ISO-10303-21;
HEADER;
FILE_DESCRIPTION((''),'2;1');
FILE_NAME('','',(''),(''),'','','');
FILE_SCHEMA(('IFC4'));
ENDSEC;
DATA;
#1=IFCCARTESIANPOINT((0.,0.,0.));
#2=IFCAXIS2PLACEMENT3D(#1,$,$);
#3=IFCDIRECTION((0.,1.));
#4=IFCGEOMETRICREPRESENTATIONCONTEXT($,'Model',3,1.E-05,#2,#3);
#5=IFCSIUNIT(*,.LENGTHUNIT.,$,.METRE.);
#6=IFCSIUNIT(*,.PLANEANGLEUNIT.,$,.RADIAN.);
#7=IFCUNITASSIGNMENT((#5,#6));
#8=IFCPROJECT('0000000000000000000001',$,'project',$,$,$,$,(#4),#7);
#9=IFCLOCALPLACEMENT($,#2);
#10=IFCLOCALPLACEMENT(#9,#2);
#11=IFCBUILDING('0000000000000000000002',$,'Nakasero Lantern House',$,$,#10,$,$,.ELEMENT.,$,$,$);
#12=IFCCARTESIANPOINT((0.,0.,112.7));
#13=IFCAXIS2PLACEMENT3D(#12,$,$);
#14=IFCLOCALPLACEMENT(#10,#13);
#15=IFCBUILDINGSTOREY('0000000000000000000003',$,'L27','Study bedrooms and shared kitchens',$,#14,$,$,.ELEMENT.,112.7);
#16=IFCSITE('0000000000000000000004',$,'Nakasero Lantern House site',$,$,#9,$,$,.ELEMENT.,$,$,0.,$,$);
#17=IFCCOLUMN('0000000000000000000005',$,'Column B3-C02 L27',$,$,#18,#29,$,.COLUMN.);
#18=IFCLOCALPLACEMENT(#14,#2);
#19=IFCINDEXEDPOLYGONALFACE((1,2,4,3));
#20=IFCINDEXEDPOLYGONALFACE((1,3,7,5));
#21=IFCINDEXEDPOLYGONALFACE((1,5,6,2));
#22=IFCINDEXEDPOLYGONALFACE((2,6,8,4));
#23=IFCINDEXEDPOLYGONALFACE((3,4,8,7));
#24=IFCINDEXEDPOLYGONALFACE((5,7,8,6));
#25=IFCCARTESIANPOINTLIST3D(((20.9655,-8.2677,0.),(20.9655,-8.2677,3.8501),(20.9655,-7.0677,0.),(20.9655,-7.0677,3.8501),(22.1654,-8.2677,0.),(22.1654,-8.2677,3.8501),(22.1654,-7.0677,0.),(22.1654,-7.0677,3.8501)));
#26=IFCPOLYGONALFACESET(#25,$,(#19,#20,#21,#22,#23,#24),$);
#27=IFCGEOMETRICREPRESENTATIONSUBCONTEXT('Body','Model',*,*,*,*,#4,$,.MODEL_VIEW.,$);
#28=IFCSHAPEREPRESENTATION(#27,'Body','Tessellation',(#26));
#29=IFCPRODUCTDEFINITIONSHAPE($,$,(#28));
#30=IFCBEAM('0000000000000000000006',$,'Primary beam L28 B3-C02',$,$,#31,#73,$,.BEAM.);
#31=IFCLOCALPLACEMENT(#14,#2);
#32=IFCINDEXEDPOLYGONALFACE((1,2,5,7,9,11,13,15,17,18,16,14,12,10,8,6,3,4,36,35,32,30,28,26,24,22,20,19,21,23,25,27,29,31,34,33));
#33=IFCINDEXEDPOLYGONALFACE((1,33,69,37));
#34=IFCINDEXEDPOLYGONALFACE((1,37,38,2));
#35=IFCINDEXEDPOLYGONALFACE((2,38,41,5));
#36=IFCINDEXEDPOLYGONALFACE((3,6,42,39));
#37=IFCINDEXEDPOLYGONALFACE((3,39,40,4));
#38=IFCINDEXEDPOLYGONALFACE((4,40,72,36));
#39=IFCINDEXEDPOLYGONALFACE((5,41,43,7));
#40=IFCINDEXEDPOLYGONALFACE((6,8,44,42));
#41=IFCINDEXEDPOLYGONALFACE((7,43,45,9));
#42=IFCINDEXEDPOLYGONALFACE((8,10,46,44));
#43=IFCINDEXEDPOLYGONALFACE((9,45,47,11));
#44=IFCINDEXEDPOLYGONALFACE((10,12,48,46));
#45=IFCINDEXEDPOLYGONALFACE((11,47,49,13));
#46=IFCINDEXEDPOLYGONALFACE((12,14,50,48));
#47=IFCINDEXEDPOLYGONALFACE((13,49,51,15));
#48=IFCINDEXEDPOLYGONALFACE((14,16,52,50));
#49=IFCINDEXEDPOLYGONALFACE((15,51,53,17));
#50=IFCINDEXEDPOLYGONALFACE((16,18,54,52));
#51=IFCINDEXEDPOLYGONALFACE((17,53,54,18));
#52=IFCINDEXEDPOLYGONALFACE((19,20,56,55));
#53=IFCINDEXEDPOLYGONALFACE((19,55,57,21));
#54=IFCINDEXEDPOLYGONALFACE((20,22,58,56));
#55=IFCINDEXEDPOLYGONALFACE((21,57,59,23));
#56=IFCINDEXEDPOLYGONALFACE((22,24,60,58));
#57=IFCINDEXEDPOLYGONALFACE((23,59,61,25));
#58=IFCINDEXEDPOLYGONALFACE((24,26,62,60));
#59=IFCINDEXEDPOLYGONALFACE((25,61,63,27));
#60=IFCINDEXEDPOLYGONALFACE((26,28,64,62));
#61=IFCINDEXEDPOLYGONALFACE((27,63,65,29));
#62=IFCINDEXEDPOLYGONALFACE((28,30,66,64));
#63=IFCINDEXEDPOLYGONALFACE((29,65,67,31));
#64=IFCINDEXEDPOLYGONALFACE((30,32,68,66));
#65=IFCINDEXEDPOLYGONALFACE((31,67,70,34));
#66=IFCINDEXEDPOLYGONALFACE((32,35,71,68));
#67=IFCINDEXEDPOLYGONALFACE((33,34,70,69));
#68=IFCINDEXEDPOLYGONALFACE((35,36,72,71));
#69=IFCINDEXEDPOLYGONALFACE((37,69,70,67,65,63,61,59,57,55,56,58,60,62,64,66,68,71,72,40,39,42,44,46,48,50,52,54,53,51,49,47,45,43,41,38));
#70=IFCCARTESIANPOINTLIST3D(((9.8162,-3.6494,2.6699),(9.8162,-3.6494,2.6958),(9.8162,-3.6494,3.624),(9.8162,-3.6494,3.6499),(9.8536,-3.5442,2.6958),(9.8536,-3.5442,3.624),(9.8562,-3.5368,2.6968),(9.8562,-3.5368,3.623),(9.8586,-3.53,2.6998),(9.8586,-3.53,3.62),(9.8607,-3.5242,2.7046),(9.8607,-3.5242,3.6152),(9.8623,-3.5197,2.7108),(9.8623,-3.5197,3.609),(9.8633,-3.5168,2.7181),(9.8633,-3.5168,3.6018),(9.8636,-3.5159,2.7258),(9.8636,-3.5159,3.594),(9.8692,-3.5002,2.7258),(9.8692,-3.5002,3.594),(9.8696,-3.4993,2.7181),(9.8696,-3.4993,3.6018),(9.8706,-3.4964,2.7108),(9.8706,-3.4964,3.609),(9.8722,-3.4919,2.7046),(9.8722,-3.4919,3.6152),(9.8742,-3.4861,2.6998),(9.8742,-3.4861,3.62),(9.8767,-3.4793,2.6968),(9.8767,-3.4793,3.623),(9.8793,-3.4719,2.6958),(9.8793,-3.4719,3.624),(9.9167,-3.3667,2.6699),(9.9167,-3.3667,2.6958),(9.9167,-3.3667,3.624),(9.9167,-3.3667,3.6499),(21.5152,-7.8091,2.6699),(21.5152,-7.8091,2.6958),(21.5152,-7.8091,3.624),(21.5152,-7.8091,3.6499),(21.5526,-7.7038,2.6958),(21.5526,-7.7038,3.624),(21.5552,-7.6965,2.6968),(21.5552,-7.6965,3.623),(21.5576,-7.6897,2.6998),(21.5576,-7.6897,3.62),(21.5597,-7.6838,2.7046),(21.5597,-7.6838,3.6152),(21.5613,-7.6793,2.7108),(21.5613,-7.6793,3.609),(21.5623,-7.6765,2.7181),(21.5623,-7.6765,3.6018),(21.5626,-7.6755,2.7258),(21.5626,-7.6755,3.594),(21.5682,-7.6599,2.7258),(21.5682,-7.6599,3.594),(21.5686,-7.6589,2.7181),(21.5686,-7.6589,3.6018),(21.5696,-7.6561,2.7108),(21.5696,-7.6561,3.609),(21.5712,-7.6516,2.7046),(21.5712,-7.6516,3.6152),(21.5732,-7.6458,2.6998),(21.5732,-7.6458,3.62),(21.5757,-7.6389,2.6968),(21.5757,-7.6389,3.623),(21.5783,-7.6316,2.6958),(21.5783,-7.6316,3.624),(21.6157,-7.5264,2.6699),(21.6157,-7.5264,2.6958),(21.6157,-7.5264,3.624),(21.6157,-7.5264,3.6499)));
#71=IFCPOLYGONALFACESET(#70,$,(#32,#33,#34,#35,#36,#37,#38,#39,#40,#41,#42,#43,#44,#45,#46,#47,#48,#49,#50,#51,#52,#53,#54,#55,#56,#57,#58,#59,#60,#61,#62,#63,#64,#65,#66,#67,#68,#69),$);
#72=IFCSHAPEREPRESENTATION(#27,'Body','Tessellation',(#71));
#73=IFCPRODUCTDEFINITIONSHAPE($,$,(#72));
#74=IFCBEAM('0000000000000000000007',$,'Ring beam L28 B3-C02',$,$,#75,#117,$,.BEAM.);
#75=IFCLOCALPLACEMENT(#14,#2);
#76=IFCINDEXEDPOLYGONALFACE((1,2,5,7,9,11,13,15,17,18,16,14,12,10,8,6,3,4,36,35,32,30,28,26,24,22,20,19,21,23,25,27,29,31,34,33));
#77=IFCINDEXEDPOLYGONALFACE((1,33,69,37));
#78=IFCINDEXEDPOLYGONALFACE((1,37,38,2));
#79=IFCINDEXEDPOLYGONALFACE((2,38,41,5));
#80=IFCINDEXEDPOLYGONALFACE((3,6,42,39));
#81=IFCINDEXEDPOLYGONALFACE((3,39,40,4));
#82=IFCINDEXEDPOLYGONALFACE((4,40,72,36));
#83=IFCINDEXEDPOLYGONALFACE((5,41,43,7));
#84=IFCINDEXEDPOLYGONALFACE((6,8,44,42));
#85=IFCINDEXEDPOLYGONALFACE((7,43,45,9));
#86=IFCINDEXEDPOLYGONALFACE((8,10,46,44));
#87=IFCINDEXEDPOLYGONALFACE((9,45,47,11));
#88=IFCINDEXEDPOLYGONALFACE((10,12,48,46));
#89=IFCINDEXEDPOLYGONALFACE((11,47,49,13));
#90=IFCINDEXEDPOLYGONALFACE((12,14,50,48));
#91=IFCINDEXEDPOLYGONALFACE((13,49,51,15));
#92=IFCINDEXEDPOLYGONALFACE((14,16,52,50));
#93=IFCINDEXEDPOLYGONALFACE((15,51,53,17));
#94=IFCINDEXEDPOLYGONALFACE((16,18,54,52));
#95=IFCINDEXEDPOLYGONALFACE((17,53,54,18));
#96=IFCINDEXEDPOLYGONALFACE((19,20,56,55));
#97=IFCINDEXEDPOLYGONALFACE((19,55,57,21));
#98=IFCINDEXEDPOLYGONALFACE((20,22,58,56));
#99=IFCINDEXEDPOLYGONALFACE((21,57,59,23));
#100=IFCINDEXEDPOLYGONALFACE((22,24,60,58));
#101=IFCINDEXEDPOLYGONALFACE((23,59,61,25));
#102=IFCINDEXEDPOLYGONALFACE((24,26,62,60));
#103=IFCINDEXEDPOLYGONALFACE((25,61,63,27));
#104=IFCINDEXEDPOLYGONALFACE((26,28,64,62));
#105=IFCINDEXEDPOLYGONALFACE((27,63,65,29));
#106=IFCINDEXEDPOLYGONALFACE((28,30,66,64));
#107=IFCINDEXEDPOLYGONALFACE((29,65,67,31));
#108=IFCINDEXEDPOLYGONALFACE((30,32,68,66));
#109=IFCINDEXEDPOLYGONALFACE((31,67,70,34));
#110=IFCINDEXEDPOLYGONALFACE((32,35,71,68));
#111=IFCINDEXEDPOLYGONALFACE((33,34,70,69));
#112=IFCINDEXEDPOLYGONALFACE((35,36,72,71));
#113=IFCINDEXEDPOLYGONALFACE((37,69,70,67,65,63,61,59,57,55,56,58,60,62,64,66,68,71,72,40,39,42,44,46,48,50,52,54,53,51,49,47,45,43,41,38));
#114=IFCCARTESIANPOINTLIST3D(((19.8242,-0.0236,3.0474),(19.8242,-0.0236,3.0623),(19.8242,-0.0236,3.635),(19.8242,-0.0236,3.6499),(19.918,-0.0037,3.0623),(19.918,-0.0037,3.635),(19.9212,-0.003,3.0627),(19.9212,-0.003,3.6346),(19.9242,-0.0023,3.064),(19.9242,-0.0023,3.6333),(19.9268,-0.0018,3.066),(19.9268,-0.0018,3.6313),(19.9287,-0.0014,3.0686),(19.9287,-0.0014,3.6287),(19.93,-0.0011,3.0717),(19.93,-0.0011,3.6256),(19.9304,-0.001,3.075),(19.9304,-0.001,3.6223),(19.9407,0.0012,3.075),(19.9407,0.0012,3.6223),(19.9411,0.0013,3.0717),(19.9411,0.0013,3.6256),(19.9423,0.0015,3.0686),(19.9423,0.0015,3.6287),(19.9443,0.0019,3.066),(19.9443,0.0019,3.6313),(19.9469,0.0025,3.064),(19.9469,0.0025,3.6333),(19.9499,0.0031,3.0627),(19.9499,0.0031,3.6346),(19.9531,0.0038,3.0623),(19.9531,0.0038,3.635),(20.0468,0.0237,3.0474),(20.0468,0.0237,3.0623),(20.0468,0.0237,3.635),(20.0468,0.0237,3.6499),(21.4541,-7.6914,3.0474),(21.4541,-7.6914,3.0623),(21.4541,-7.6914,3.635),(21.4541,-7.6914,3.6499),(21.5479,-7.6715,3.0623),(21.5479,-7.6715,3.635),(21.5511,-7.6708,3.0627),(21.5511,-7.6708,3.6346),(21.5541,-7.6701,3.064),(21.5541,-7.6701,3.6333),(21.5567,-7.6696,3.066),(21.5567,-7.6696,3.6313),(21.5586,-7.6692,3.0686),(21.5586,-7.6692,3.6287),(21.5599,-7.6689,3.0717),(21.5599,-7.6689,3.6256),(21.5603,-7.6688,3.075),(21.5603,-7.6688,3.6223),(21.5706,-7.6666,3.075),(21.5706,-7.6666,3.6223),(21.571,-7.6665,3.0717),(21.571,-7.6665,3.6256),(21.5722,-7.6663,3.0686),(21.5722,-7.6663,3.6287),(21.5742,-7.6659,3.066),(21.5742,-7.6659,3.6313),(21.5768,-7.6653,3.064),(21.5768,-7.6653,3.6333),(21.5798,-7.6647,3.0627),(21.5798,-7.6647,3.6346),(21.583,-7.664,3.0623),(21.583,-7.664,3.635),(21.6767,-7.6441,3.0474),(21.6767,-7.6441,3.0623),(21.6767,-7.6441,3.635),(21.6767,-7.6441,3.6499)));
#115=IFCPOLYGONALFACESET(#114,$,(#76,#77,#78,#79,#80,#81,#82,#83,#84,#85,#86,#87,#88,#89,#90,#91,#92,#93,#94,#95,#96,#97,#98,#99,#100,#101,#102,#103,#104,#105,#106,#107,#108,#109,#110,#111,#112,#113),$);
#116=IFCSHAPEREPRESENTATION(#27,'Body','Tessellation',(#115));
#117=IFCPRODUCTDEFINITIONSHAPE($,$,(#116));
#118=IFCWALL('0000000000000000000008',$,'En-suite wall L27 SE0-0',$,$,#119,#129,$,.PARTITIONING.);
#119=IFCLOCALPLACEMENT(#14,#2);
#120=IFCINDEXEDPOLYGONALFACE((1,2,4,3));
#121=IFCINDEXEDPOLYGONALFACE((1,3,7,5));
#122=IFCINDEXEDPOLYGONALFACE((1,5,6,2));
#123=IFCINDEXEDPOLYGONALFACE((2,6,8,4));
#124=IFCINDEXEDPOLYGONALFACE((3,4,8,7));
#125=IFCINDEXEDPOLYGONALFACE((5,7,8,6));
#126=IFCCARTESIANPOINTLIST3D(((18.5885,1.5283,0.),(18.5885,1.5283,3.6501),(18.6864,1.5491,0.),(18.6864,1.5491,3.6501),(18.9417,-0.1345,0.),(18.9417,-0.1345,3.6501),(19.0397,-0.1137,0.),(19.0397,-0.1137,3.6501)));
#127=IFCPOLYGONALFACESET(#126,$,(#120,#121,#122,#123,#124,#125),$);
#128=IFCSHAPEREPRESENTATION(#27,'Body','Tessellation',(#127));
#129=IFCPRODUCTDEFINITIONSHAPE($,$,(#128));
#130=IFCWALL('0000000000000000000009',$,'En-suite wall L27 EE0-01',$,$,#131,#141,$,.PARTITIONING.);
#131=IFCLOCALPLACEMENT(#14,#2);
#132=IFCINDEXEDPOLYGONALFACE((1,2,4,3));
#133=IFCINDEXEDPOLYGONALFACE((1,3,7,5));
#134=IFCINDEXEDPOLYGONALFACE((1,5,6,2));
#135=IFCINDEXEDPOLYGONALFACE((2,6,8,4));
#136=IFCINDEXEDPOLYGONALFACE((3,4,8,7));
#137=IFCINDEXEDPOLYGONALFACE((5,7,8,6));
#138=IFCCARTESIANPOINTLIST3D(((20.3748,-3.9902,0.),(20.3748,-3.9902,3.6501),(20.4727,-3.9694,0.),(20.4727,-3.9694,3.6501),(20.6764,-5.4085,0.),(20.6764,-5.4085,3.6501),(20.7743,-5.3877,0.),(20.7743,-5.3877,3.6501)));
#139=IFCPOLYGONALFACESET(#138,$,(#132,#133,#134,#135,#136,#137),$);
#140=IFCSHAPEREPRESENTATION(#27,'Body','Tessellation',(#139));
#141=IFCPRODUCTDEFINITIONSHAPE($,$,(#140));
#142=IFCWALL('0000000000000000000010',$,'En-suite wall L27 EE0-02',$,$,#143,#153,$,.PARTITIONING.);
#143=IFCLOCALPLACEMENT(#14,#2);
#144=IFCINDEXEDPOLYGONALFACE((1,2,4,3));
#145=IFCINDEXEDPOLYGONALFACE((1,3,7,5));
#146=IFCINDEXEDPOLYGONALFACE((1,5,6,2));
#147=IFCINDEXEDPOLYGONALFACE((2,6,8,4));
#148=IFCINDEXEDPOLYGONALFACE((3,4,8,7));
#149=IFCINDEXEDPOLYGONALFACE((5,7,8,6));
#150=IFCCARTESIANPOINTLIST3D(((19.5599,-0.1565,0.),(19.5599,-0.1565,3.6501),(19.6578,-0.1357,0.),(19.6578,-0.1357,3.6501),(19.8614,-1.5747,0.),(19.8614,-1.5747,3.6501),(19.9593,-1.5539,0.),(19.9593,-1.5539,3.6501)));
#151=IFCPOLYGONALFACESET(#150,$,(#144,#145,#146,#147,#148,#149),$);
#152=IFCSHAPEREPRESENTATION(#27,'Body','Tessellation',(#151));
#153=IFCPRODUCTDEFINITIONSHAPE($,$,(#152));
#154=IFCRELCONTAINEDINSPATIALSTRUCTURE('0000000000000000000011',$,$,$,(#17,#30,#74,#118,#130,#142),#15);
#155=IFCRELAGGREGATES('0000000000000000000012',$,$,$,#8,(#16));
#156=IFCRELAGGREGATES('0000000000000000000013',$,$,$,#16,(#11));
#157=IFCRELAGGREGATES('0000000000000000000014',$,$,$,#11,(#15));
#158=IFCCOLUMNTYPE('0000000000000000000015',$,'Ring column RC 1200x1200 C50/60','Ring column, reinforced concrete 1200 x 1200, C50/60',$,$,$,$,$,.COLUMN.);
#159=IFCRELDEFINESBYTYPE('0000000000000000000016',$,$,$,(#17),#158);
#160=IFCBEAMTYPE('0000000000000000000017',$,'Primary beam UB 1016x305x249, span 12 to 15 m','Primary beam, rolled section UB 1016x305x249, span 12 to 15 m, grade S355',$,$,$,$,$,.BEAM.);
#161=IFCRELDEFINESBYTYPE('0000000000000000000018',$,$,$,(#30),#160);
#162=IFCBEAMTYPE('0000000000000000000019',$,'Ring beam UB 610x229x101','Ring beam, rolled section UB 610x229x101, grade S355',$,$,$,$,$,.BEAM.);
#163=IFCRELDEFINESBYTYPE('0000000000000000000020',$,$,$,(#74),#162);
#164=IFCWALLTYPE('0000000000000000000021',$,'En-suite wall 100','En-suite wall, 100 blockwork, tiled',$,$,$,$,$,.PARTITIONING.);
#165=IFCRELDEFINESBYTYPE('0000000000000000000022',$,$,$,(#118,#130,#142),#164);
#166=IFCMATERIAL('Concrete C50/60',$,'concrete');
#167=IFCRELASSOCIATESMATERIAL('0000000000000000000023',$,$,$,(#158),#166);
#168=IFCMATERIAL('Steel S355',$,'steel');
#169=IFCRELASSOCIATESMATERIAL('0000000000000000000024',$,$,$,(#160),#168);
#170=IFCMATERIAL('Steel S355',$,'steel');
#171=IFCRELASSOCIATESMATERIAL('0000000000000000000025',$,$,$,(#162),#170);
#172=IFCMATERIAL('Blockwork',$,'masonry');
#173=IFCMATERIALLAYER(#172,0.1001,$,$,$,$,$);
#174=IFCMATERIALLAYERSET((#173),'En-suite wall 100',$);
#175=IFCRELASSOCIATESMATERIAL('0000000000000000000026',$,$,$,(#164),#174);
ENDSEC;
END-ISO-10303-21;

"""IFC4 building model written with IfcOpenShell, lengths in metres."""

from ifc_helpers import new_model, si_unit, direction, frame, frame_2d, origin, origin_2d, place, context, subcontext, project, spatial, rectangle, i_section, extrude, material, layer, layer_set, material_profile, profile_set, type_object, element, save


model = new_model("IFC4")

# Units and contexts
model_context = context("Model", 3, precision=1e-05, world=origin(), true_north=direction((0.0, 1.0)))
body_context = subcontext(model_context, "Body", "Model", "MODEL_VIEW")
ifc_project = project(units=[si_unit("LENGTHUNIT", "METRE"), si_unit("PLANEANGLEUNIT", "RADIAN")], contexts=[model_context])

# Site, building, storey
site_placement = place(None, origin())
site = spatial("IfcSite", under=ifc_project, at=site_placement, Name="Nakasero Lantern House site", CompositionType="ELEMENT", RefElevation=0.0)
building_placement = place(site_placement, origin())
building = spatial("IfcBuilding", under=site, at=building_placement, Name="Nakasero Lantern House", CompositionType="ELEMENT")
storey_placement = place(building_placement, frame((0.0, 0.0, 112.7)))
storey = spatial("IfcBuildingStorey", under=building, at=storey_placement, Name="L27", Description="Study bedrooms and shared kitchens", CompositionType="ELEMENT", Elevation=112.7)

# Column
ifc_material_1 = material(Name="Concrete C50/60", Category="concrete")
ifc_material_profile_1 = material_profile(ifc_material_1, rectangle(XDim=1.2, YDim=1.2, at=origin_2d()), Name="RC 1200x1200")
ifc_profile_set_1 = profile_set([ifc_material_profile_1], Name="Concrete C50/60")
column_type = type_object("IfcColumnType", Name="Ring column RC 1200x1200 C50/60", Description="Ring column, reinforced concrete 1200 x 1200, C50/60", PredefinedType="COLUMN", material=ifc_profile_set_1)
column_placement = place(storey_placement, frame((21.5654, -7.6677, 0.0), z_axis=(0.0, 0.0, 1.0), x_axis=(1.0, 0.0, 0.0)))
element("IfcColumn", 1, at=column_placement, inside=storey, type_object=column_type, Name="Column B3-C02 L27", PredefinedType="COLUMN", context=body_context, shape_type="SweptSolid", body=[
    extrude(rectangle(XDim=1.2, YDim=1.2, at=origin_2d()), origin(), (0.0, 0.0, 1.0), 3.8501),
])

# Beams
ifc_material_2 = material(Name="Steel S355", Category="steel")
ifc_material_profile_2 = material_profile(ifc_material_2, i_section(OverallWidth=0.3, OverallDepth=0.98, WebThickness=0.0166, FlangeThickness=0.0259, FilletRadius=0.03, at=origin_2d()), Name="UB 1016x305x249")
ifc_profile_set_2 = profile_set([ifc_material_profile_2], Name="Steel S355")
beam_type_1 = type_object("IfcBeamType", Name="Primary beam UB 1016x305x249, span 12 to 15 m", Description="Primary beam, rolled section UB 1016x305x249, span 12 to 15 m, grade S355", PredefinedType="BEAM", material=ifc_profile_set_2)
beam_1_placement = place(storey_placement, frame((21.5654, -7.6677, 3.1599), z_axis=(-0.942214, 0.335012, 0.0), x_axis=(-0.335012, -0.942214, 0.0)))
element("IfcBeam", 2, at=beam_1_placement, inside=storey, type_object=beam_type_1, Name="Primary beam L28 B3-C02", PredefinedType="BEAM", context=body_context, shape_type="SweptSolid", body=[
    extrude(i_section(OverallWidth=0.3, OverallDepth=0.98, WebThickness=0.0166, FlangeThickness=0.0259, FilletRadius=0.03, at=origin_2d()), origin(), (0.0, 0.0, 1.0), 12.4165),
])
ifc_material_3 = material(Name="Steel S355", Category="steel")
ifc_material_profile_3 = material_profile(ifc_material_3, i_section(OverallWidth=0.2275, OverallDepth=0.6025, WebThickness=0.0105, FlangeThickness=0.0149, FilletRadius=0.0127, at=origin_2d()), Name="UB 610x229x101")
ifc_profile_set_3 = profile_set([ifc_material_profile_3], Name="Steel S355")
beam_type_2 = type_object("IfcBeamType", Name="Ring beam UB 610x229x101", Description="Ring beam, rolled section UB 610x229x101, grade S355", PredefinedType="BEAM", material=ifc_profile_set_3)
beam_2_placement = place(storey_placement, frame((21.5654, -7.6677, 3.3486), z_axis=(-0.207919, 0.978146, 0.0), x_axis=(-0.978146, -0.207919, 0.0)))
element("IfcBeam", 3, at=beam_2_placement, inside=storey, type_object=beam_type_2, Name="Ring beam L28 B3-C02", PredefinedType="BEAM", context=body_context, shape_type="SweptSolid", body=[
    extrude(i_section(OverallWidth=0.2275, OverallDepth=0.6025, WebThickness=0.0105, FlangeThickness=0.0149, FilletRadius=0.0127, at=origin_2d()), origin(), (0.0, 0.0, 1.0), 7.8391),
])

# Walls
ifc_material_4 = material(Name="Blockwork", Category="masonry")
ifc_layer = layer(ifc_material_4, 0.1001)
ifc_layer_set = layer_set([ifc_layer], Name="En-suite wall 100")
wall_type = type_object("IfcWallType", Name="En-suite wall 100", Description="En-suite wall, 100 blockwork, tiled", PredefinedType="PARTITIONING", material=ifc_layer_set)
wall_placement = place(storey_placement, frame((18.9907, -0.1243, 0.0), z_axis=(0.0, 0.0, 1.0), x_axis=(-0.207812, 0.978169, 0.0)))
element("IfcWall", 4, at=wall_placement, inside=storey, type_object=wall_type, Name="En-suite wall L27 SE0-0", PredefinedType="PARTITIONING", context=body_context, shape_type="SweptSolid", body=[
    extrude(rectangle(XDim=1.7, YDim=0.1001, at=frame_2d((0.8501, 0.0))), origin(), (0.0, 0.0, 1.0), 3.6501),
])
for number, where, z_axis, x_axis, name in (
    (5, (20.7253, -5.3982, 0.0), (0.0, 0.0, 1.0), (-0.207953, 0.978139, 0.0), "En-suite wall L27 EE0-01"),
    (6, (19.9104, -1.5645, 0.0), (0.0, 0.0, 1.0), (-0.207953, 0.978139, 0.0), "En-suite wall L27 EE0-02"),
):
    element("IfcWall", number, at=place(storey_placement, frame(where, z_axis=z_axis, x_axis=x_axis)), inside=storey, type_object=wall_type, Name=name, PredefinedType="PARTITIONING", context=body_context, shape_type="SweptSolid", body=[
        extrude(rectangle(XDim=1.45, YDim=0.1001, at=frame_2d((0.7251, 0.0))), origin(), (0.0, 0.0, 1.0), 3.6501),
    ])

save(model, "model.ifc")
